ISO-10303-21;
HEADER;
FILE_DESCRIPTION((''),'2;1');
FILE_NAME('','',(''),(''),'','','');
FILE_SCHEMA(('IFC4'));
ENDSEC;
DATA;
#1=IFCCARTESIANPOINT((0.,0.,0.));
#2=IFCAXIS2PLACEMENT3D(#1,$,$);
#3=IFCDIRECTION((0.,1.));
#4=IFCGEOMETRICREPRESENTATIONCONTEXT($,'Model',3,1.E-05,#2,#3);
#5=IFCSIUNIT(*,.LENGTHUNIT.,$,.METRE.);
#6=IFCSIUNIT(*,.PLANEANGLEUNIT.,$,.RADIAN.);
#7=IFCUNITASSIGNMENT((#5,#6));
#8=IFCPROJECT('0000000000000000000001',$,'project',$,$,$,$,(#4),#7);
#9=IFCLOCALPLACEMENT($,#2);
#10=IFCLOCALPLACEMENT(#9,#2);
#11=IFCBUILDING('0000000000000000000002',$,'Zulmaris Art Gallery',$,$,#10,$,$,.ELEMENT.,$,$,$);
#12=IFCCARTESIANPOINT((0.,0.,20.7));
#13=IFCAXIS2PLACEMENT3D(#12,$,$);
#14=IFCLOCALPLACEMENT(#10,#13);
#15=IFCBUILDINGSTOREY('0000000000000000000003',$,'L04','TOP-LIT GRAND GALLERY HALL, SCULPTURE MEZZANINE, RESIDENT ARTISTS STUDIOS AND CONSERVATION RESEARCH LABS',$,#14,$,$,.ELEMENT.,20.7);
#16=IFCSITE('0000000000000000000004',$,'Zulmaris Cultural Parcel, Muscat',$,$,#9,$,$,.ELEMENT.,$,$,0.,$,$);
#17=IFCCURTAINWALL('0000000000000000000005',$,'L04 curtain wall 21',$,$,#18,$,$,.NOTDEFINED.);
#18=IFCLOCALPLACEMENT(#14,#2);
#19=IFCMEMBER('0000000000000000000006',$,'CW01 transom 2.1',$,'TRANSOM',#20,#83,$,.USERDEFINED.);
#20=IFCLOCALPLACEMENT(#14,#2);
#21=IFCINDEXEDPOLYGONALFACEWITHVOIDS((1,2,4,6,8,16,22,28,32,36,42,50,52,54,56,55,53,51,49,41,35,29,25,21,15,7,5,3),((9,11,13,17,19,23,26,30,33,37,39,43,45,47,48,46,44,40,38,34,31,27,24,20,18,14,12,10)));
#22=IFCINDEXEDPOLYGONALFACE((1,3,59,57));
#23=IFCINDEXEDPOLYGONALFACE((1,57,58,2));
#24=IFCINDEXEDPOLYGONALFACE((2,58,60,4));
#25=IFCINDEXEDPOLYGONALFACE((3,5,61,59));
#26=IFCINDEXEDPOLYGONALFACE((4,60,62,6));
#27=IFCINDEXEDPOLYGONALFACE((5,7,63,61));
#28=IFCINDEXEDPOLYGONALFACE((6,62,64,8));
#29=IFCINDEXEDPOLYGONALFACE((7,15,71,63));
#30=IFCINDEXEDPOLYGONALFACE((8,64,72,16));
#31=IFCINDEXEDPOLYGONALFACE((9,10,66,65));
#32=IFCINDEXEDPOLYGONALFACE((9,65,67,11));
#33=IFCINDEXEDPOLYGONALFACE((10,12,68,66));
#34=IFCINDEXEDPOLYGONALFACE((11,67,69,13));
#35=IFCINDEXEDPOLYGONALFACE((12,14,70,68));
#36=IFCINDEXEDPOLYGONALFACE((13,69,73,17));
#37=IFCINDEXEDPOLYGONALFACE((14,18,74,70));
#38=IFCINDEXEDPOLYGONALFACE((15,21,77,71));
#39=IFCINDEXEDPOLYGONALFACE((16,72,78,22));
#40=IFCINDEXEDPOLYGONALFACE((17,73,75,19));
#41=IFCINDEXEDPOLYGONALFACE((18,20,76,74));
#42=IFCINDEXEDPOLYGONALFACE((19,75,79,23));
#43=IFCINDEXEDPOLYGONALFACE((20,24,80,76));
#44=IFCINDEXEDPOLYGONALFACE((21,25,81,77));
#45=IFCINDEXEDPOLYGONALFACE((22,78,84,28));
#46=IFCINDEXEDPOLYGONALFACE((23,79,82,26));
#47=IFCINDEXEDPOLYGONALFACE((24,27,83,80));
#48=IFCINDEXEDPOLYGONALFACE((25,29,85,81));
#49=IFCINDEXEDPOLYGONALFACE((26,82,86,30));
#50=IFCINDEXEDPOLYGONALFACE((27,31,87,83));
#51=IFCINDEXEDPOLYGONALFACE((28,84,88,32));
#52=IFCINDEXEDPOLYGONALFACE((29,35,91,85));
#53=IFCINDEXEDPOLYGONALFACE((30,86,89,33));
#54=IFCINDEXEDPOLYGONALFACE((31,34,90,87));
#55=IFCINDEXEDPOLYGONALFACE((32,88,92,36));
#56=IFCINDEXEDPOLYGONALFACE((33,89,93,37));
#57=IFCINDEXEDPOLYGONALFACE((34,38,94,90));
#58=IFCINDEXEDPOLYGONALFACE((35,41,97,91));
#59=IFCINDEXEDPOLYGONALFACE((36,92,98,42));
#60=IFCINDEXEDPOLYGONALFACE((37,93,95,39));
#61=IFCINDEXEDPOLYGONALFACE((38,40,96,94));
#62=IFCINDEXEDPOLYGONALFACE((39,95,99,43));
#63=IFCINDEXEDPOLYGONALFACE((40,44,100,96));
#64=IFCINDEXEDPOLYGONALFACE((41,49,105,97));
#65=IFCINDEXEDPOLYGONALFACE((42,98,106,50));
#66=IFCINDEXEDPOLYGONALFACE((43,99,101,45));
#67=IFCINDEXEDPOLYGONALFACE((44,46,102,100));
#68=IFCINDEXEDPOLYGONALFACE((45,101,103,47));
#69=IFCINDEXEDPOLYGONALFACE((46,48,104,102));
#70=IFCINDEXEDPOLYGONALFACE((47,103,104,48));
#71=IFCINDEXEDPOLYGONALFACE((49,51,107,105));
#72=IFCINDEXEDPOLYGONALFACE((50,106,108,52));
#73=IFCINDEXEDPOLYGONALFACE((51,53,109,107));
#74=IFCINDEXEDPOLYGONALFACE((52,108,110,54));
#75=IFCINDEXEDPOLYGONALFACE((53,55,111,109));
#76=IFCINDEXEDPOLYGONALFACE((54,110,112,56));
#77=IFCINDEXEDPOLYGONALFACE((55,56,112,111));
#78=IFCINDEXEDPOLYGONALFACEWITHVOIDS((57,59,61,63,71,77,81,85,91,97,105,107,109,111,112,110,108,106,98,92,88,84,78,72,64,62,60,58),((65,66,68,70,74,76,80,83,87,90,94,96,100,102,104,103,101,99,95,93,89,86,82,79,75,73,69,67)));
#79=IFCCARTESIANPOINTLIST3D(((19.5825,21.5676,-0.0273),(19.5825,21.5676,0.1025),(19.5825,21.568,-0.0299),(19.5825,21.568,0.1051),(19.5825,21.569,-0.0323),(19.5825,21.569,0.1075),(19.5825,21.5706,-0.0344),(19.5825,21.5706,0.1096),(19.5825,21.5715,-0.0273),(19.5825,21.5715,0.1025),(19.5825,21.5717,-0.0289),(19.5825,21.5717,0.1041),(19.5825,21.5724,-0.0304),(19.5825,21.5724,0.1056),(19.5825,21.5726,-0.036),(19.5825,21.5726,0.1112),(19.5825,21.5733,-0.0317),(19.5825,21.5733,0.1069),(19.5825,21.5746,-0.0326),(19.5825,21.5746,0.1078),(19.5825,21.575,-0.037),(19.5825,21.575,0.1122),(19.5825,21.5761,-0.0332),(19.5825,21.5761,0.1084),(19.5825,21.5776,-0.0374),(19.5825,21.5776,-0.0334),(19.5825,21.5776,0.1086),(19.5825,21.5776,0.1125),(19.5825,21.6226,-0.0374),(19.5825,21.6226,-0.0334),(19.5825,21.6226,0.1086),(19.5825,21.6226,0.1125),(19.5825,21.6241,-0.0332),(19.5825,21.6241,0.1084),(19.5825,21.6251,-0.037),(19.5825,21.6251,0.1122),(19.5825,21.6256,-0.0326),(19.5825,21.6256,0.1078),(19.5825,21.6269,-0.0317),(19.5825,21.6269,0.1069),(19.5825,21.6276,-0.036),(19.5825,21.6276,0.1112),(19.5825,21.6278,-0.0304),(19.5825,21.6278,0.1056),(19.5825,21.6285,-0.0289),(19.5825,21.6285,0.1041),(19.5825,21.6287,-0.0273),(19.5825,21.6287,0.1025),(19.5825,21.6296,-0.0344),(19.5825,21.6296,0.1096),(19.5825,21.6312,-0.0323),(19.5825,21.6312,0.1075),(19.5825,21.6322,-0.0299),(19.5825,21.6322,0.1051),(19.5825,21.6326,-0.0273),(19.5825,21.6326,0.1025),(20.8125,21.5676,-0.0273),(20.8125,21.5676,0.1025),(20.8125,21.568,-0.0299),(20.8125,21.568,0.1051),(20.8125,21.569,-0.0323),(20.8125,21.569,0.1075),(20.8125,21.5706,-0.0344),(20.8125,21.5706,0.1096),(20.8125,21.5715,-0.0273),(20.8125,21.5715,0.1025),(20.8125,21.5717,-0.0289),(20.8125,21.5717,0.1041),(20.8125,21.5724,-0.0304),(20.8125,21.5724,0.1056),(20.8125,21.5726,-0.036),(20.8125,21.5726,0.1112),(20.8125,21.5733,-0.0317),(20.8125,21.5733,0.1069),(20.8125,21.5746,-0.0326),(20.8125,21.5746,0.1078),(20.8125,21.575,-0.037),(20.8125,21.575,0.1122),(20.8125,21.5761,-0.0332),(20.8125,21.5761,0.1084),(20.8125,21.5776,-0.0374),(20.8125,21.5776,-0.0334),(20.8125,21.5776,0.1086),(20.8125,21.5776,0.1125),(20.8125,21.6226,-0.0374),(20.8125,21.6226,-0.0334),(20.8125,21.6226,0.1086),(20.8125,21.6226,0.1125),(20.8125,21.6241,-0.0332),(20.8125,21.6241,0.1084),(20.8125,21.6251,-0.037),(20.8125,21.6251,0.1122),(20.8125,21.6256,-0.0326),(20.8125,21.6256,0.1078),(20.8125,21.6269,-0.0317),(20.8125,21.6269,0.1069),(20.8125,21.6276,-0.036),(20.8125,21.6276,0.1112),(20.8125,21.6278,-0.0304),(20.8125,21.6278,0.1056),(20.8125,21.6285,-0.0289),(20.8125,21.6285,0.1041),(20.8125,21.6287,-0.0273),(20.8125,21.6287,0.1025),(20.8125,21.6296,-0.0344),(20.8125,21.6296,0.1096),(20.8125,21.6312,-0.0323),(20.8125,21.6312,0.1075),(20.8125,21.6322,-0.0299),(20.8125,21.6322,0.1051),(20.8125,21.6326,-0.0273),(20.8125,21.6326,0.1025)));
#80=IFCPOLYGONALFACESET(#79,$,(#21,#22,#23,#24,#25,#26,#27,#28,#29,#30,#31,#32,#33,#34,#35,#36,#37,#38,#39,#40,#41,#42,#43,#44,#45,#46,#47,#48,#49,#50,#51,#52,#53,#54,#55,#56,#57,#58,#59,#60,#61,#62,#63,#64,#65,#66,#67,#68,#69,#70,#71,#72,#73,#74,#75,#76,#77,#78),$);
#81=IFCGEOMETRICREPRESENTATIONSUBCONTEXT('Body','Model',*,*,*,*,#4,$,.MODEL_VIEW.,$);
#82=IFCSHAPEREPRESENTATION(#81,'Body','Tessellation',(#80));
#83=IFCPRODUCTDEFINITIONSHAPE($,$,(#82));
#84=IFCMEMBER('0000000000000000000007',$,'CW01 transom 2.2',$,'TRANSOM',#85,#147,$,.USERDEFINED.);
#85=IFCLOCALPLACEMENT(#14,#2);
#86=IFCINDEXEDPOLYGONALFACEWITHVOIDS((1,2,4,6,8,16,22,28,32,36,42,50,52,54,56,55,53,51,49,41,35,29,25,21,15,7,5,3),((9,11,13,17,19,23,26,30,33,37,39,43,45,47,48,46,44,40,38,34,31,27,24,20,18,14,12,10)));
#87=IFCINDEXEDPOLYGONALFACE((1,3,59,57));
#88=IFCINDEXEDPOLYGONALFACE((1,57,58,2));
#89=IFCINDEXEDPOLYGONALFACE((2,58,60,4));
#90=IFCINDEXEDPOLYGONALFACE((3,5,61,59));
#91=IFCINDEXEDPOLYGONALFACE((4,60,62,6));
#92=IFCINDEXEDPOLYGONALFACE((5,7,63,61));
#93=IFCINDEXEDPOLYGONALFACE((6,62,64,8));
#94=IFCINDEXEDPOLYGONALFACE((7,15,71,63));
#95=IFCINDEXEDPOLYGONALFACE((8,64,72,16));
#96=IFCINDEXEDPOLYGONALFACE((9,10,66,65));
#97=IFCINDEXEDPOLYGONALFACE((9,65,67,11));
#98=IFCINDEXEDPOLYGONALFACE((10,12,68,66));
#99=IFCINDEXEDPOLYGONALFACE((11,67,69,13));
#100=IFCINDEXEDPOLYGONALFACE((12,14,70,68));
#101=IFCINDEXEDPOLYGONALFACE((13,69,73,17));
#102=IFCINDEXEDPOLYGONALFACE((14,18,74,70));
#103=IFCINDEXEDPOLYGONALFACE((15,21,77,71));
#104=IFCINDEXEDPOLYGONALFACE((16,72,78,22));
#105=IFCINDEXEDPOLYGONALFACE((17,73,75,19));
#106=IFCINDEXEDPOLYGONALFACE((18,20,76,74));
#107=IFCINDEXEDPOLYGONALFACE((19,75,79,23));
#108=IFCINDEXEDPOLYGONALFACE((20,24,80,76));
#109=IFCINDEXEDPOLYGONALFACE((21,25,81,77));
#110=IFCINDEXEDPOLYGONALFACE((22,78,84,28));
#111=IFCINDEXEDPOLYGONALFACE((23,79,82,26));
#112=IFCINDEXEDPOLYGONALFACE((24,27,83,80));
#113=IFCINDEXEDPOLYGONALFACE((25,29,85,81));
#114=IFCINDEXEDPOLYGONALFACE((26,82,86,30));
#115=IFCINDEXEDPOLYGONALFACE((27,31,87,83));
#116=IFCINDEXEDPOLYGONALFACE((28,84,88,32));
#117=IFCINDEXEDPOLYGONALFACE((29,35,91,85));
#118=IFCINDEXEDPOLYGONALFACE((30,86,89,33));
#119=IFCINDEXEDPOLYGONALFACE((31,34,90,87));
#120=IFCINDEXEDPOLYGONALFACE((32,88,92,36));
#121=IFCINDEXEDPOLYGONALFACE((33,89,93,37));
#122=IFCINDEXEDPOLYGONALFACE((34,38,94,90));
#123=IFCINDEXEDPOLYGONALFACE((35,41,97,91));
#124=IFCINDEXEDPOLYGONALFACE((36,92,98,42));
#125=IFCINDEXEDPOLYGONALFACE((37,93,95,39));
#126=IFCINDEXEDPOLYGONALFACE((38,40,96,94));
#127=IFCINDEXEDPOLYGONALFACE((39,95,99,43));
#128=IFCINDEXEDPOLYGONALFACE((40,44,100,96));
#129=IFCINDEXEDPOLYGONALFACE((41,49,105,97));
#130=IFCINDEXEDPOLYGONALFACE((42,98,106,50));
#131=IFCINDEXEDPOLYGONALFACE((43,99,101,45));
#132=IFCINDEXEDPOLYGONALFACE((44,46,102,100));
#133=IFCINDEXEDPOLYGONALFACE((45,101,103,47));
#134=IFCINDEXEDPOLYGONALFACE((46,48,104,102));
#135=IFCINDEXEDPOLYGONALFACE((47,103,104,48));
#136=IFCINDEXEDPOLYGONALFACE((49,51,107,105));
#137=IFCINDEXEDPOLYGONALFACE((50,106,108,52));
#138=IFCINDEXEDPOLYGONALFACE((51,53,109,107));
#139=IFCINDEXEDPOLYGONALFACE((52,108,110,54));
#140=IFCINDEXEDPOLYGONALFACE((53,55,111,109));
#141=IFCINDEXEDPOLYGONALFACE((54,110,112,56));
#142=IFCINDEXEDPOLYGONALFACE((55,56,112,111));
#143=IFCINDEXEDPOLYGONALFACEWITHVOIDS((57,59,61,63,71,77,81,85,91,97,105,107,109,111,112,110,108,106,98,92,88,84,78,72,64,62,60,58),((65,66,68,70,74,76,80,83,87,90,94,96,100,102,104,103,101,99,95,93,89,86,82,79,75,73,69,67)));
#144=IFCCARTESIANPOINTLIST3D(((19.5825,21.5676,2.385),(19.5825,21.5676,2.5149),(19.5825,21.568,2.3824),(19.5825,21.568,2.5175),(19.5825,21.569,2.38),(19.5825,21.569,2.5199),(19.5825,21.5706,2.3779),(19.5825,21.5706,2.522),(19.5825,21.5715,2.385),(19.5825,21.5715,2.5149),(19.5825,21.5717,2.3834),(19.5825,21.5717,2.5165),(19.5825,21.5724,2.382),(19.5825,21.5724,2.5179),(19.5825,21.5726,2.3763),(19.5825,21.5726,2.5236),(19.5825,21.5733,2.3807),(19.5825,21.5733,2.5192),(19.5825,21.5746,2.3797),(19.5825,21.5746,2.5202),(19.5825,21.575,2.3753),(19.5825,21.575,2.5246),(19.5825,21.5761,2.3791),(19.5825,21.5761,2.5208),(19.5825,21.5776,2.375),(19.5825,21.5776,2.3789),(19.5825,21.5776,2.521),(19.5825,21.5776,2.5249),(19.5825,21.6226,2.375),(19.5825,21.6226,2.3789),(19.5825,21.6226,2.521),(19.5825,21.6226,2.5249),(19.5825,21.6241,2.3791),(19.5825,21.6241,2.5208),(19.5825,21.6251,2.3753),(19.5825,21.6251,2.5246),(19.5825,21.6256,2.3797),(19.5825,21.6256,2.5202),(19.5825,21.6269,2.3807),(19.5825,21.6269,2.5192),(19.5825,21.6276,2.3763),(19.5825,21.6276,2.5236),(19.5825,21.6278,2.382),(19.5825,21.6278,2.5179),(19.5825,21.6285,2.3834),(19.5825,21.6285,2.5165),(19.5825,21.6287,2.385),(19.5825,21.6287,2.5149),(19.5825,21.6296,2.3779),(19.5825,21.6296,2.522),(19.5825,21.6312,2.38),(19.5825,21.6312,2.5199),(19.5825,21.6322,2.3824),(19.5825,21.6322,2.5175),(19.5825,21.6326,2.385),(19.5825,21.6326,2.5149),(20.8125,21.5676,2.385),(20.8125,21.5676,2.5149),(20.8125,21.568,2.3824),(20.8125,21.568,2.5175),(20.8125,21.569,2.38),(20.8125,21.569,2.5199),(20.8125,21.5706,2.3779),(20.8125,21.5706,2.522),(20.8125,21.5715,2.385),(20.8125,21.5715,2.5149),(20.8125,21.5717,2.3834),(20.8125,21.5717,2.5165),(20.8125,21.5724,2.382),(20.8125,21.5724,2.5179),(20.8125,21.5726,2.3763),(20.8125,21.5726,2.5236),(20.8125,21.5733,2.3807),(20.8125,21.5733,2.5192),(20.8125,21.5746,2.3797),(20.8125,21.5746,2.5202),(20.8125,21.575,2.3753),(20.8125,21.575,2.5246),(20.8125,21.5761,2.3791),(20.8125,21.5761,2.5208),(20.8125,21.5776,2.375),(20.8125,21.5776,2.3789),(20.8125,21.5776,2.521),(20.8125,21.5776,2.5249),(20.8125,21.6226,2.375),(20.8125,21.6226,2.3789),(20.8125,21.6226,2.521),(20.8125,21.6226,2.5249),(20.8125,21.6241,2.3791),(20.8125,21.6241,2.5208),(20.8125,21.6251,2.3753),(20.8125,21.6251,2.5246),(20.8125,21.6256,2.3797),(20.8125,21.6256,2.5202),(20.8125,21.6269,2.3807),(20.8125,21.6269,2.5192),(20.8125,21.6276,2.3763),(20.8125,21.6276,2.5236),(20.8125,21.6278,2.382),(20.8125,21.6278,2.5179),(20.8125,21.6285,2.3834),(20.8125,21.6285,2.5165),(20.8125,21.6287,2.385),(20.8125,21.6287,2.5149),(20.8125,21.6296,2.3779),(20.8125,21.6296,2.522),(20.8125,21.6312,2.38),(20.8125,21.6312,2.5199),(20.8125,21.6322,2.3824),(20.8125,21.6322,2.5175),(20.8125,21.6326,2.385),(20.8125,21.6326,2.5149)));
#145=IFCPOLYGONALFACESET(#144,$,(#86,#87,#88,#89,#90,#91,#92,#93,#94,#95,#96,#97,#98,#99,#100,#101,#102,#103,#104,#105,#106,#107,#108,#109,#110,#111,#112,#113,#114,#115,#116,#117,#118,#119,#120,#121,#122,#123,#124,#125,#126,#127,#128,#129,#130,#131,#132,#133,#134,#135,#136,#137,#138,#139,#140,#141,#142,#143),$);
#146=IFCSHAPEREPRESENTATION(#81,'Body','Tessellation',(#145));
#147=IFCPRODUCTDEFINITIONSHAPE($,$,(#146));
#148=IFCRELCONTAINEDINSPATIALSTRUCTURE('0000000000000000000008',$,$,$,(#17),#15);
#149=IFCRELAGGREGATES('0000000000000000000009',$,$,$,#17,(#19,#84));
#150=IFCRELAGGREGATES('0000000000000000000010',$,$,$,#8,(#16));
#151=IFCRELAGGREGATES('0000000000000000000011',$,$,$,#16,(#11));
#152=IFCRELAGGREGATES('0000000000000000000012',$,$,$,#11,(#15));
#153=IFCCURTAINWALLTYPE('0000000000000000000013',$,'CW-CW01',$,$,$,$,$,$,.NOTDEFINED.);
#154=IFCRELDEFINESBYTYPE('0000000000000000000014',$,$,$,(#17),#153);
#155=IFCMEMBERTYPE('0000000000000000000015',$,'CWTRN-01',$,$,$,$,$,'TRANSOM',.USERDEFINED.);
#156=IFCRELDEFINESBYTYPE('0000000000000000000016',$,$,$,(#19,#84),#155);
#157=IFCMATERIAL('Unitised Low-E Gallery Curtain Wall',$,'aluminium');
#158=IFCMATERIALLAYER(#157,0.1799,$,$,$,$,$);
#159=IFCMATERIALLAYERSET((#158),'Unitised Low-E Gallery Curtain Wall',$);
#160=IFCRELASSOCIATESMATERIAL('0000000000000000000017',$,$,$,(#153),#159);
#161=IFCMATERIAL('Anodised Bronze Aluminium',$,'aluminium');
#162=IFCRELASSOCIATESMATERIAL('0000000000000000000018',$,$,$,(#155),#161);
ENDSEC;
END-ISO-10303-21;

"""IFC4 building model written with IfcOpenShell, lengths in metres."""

from ifc_helpers import new_model, si_unit, direction, frame, origin, origin_2d, place, context, subcontext, project, spatial, hollow_rectangle, extrude, material, layer, layer_set, material_profile, profile_set, type_object, element, aggregate, save


model = new_model("IFC4")

# Units and contexts
model_context = context("Model", 3, precision=1e-05, world=origin(), true_north=direction((0.0, 1.0)))
body_context = subcontext(model_context, "Body", "Model", "MODEL_VIEW")
ifc_project = project(units=[si_unit("LENGTHUNIT", "METRE"), si_unit("PLANEANGLEUNIT", "RADIAN")], contexts=[model_context])

# Site, building, storey
site_placement = place(None, origin())
site = spatial("IfcSite", under=ifc_project, at=site_placement, Name="Zulmaris Cultural Parcel, Muscat", CompositionType="ELEMENT", RefElevation=0.0)
building_placement = place(site_placement, origin())
building = spatial("IfcBuilding", under=site, at=building_placement, Name="Zulmaris Art Gallery", CompositionType="ELEMENT")
storey_placement = place(building_placement, frame((0.0, 0.0, 20.7)))
storey = spatial("IfcBuildingStorey", under=building, at=storey_placement, Name="L04", Description="TOP-LIT GRAND GALLERY HALL, SCULPTURE MEZZANINE, RESIDENT ARTISTS STUDIOS AND CONSERVATION RESEARCH LABS", CompositionType="ELEMENT", Elevation=20.7)

# Shared definitions
ifc_material_1 = material(Name="Unitised Low-E Gallery Curtain Wall", Category="aluminium")
ifc_layer_1 = layer(ifc_material_1, 0.1799)
ifc_layer_set_1 = layer_set([ifc_layer_1], Name="Unitised Low-E Gallery Curtain Wall")
curtain_wall_type = type_object("IfcCurtainWallType", Name="CW-CW01", PredefinedType="NOTDEFINED", material=ifc_layer_set_1)
ifc_material_2 = material(Name="Anodised Bronze Aluminium", Category="aluminium")

# Curtain wall
curtain_wall_1_placement = place(storey_placement, origin())
curtain_wall_1 = element("IfcCurtainWall", 1, at=curtain_wall_1_placement, inside=storey, type_object=curtain_wall_type, Name="L04 curtain wall 21", PredefinedType="NOTDEFINED")

# Members
ifc_material_profile_1 = material_profile(ifc_material_2, hollow_rectangle(XDim=0.0649, YDim=0.1499, WallThickness=0.0039, InnerFilletRadius=0.0061, OuterFilletRadius=0.01, at=origin_2d()), Name="ALU 65x150x4")
ifc_profile_set_1 = profile_set([ifc_material_profile_1], Name="Anodised Bronze Aluminium")
member_type_1 = type_object("IfcMemberType", Name="CWTRN-01", ElementType="TRANSOM", PredefinedType="USERDEFINED", material=ifc_profile_set_1)
member_1_placement = place(storey_placement, frame((19.5825, 21.6001, 0.0376), z_axis=(1.0, 0.0, 0.0), x_axis=(0.0, 1.0, 0.0)))
member_1 = element("IfcMember", 2, at=member_1_placement, type_object=member_type_1, Name="CW01 transom 2.1", ObjectType="TRANSOM", PredefinedType="USERDEFINED", context=body_context, shape_type="SweptSolid", body=[
    extrude(hollow_rectangle(XDim=0.0649, YDim=0.1499, WallThickness=0.0039, InnerFilletRadius=0.0061, OuterFilletRadius=0.01, at=origin_2d()), origin(), (0.0, 0.0, 1.0), 1.23),
])
member_2_placement = place(storey_placement, frame((19.5825, 21.6001, 2.45), z_axis=(1.0, 0.0, 0.0), x_axis=(0.0, 1.0, 0.0)))
member_2 = element("IfcMember", 3, at=member_2_placement, type_object=member_type_1, Name="CW01 transom 2.2", ObjectType="TRANSOM", PredefinedType="USERDEFINED", context=body_context, shape_type="SweptSolid", body=[
    extrude(hollow_rectangle(XDim=0.0649, YDim=0.1499, WallThickness=0.0039, InnerFilletRadius=0.0061, OuterFilletRadius=0.01, at=origin_2d()), origin(), (0.0, 0.0, 1.0), 1.23),
])

aggregate(curtain_wall_1, [member_1, member_2])

save(model, "model.ifc")
